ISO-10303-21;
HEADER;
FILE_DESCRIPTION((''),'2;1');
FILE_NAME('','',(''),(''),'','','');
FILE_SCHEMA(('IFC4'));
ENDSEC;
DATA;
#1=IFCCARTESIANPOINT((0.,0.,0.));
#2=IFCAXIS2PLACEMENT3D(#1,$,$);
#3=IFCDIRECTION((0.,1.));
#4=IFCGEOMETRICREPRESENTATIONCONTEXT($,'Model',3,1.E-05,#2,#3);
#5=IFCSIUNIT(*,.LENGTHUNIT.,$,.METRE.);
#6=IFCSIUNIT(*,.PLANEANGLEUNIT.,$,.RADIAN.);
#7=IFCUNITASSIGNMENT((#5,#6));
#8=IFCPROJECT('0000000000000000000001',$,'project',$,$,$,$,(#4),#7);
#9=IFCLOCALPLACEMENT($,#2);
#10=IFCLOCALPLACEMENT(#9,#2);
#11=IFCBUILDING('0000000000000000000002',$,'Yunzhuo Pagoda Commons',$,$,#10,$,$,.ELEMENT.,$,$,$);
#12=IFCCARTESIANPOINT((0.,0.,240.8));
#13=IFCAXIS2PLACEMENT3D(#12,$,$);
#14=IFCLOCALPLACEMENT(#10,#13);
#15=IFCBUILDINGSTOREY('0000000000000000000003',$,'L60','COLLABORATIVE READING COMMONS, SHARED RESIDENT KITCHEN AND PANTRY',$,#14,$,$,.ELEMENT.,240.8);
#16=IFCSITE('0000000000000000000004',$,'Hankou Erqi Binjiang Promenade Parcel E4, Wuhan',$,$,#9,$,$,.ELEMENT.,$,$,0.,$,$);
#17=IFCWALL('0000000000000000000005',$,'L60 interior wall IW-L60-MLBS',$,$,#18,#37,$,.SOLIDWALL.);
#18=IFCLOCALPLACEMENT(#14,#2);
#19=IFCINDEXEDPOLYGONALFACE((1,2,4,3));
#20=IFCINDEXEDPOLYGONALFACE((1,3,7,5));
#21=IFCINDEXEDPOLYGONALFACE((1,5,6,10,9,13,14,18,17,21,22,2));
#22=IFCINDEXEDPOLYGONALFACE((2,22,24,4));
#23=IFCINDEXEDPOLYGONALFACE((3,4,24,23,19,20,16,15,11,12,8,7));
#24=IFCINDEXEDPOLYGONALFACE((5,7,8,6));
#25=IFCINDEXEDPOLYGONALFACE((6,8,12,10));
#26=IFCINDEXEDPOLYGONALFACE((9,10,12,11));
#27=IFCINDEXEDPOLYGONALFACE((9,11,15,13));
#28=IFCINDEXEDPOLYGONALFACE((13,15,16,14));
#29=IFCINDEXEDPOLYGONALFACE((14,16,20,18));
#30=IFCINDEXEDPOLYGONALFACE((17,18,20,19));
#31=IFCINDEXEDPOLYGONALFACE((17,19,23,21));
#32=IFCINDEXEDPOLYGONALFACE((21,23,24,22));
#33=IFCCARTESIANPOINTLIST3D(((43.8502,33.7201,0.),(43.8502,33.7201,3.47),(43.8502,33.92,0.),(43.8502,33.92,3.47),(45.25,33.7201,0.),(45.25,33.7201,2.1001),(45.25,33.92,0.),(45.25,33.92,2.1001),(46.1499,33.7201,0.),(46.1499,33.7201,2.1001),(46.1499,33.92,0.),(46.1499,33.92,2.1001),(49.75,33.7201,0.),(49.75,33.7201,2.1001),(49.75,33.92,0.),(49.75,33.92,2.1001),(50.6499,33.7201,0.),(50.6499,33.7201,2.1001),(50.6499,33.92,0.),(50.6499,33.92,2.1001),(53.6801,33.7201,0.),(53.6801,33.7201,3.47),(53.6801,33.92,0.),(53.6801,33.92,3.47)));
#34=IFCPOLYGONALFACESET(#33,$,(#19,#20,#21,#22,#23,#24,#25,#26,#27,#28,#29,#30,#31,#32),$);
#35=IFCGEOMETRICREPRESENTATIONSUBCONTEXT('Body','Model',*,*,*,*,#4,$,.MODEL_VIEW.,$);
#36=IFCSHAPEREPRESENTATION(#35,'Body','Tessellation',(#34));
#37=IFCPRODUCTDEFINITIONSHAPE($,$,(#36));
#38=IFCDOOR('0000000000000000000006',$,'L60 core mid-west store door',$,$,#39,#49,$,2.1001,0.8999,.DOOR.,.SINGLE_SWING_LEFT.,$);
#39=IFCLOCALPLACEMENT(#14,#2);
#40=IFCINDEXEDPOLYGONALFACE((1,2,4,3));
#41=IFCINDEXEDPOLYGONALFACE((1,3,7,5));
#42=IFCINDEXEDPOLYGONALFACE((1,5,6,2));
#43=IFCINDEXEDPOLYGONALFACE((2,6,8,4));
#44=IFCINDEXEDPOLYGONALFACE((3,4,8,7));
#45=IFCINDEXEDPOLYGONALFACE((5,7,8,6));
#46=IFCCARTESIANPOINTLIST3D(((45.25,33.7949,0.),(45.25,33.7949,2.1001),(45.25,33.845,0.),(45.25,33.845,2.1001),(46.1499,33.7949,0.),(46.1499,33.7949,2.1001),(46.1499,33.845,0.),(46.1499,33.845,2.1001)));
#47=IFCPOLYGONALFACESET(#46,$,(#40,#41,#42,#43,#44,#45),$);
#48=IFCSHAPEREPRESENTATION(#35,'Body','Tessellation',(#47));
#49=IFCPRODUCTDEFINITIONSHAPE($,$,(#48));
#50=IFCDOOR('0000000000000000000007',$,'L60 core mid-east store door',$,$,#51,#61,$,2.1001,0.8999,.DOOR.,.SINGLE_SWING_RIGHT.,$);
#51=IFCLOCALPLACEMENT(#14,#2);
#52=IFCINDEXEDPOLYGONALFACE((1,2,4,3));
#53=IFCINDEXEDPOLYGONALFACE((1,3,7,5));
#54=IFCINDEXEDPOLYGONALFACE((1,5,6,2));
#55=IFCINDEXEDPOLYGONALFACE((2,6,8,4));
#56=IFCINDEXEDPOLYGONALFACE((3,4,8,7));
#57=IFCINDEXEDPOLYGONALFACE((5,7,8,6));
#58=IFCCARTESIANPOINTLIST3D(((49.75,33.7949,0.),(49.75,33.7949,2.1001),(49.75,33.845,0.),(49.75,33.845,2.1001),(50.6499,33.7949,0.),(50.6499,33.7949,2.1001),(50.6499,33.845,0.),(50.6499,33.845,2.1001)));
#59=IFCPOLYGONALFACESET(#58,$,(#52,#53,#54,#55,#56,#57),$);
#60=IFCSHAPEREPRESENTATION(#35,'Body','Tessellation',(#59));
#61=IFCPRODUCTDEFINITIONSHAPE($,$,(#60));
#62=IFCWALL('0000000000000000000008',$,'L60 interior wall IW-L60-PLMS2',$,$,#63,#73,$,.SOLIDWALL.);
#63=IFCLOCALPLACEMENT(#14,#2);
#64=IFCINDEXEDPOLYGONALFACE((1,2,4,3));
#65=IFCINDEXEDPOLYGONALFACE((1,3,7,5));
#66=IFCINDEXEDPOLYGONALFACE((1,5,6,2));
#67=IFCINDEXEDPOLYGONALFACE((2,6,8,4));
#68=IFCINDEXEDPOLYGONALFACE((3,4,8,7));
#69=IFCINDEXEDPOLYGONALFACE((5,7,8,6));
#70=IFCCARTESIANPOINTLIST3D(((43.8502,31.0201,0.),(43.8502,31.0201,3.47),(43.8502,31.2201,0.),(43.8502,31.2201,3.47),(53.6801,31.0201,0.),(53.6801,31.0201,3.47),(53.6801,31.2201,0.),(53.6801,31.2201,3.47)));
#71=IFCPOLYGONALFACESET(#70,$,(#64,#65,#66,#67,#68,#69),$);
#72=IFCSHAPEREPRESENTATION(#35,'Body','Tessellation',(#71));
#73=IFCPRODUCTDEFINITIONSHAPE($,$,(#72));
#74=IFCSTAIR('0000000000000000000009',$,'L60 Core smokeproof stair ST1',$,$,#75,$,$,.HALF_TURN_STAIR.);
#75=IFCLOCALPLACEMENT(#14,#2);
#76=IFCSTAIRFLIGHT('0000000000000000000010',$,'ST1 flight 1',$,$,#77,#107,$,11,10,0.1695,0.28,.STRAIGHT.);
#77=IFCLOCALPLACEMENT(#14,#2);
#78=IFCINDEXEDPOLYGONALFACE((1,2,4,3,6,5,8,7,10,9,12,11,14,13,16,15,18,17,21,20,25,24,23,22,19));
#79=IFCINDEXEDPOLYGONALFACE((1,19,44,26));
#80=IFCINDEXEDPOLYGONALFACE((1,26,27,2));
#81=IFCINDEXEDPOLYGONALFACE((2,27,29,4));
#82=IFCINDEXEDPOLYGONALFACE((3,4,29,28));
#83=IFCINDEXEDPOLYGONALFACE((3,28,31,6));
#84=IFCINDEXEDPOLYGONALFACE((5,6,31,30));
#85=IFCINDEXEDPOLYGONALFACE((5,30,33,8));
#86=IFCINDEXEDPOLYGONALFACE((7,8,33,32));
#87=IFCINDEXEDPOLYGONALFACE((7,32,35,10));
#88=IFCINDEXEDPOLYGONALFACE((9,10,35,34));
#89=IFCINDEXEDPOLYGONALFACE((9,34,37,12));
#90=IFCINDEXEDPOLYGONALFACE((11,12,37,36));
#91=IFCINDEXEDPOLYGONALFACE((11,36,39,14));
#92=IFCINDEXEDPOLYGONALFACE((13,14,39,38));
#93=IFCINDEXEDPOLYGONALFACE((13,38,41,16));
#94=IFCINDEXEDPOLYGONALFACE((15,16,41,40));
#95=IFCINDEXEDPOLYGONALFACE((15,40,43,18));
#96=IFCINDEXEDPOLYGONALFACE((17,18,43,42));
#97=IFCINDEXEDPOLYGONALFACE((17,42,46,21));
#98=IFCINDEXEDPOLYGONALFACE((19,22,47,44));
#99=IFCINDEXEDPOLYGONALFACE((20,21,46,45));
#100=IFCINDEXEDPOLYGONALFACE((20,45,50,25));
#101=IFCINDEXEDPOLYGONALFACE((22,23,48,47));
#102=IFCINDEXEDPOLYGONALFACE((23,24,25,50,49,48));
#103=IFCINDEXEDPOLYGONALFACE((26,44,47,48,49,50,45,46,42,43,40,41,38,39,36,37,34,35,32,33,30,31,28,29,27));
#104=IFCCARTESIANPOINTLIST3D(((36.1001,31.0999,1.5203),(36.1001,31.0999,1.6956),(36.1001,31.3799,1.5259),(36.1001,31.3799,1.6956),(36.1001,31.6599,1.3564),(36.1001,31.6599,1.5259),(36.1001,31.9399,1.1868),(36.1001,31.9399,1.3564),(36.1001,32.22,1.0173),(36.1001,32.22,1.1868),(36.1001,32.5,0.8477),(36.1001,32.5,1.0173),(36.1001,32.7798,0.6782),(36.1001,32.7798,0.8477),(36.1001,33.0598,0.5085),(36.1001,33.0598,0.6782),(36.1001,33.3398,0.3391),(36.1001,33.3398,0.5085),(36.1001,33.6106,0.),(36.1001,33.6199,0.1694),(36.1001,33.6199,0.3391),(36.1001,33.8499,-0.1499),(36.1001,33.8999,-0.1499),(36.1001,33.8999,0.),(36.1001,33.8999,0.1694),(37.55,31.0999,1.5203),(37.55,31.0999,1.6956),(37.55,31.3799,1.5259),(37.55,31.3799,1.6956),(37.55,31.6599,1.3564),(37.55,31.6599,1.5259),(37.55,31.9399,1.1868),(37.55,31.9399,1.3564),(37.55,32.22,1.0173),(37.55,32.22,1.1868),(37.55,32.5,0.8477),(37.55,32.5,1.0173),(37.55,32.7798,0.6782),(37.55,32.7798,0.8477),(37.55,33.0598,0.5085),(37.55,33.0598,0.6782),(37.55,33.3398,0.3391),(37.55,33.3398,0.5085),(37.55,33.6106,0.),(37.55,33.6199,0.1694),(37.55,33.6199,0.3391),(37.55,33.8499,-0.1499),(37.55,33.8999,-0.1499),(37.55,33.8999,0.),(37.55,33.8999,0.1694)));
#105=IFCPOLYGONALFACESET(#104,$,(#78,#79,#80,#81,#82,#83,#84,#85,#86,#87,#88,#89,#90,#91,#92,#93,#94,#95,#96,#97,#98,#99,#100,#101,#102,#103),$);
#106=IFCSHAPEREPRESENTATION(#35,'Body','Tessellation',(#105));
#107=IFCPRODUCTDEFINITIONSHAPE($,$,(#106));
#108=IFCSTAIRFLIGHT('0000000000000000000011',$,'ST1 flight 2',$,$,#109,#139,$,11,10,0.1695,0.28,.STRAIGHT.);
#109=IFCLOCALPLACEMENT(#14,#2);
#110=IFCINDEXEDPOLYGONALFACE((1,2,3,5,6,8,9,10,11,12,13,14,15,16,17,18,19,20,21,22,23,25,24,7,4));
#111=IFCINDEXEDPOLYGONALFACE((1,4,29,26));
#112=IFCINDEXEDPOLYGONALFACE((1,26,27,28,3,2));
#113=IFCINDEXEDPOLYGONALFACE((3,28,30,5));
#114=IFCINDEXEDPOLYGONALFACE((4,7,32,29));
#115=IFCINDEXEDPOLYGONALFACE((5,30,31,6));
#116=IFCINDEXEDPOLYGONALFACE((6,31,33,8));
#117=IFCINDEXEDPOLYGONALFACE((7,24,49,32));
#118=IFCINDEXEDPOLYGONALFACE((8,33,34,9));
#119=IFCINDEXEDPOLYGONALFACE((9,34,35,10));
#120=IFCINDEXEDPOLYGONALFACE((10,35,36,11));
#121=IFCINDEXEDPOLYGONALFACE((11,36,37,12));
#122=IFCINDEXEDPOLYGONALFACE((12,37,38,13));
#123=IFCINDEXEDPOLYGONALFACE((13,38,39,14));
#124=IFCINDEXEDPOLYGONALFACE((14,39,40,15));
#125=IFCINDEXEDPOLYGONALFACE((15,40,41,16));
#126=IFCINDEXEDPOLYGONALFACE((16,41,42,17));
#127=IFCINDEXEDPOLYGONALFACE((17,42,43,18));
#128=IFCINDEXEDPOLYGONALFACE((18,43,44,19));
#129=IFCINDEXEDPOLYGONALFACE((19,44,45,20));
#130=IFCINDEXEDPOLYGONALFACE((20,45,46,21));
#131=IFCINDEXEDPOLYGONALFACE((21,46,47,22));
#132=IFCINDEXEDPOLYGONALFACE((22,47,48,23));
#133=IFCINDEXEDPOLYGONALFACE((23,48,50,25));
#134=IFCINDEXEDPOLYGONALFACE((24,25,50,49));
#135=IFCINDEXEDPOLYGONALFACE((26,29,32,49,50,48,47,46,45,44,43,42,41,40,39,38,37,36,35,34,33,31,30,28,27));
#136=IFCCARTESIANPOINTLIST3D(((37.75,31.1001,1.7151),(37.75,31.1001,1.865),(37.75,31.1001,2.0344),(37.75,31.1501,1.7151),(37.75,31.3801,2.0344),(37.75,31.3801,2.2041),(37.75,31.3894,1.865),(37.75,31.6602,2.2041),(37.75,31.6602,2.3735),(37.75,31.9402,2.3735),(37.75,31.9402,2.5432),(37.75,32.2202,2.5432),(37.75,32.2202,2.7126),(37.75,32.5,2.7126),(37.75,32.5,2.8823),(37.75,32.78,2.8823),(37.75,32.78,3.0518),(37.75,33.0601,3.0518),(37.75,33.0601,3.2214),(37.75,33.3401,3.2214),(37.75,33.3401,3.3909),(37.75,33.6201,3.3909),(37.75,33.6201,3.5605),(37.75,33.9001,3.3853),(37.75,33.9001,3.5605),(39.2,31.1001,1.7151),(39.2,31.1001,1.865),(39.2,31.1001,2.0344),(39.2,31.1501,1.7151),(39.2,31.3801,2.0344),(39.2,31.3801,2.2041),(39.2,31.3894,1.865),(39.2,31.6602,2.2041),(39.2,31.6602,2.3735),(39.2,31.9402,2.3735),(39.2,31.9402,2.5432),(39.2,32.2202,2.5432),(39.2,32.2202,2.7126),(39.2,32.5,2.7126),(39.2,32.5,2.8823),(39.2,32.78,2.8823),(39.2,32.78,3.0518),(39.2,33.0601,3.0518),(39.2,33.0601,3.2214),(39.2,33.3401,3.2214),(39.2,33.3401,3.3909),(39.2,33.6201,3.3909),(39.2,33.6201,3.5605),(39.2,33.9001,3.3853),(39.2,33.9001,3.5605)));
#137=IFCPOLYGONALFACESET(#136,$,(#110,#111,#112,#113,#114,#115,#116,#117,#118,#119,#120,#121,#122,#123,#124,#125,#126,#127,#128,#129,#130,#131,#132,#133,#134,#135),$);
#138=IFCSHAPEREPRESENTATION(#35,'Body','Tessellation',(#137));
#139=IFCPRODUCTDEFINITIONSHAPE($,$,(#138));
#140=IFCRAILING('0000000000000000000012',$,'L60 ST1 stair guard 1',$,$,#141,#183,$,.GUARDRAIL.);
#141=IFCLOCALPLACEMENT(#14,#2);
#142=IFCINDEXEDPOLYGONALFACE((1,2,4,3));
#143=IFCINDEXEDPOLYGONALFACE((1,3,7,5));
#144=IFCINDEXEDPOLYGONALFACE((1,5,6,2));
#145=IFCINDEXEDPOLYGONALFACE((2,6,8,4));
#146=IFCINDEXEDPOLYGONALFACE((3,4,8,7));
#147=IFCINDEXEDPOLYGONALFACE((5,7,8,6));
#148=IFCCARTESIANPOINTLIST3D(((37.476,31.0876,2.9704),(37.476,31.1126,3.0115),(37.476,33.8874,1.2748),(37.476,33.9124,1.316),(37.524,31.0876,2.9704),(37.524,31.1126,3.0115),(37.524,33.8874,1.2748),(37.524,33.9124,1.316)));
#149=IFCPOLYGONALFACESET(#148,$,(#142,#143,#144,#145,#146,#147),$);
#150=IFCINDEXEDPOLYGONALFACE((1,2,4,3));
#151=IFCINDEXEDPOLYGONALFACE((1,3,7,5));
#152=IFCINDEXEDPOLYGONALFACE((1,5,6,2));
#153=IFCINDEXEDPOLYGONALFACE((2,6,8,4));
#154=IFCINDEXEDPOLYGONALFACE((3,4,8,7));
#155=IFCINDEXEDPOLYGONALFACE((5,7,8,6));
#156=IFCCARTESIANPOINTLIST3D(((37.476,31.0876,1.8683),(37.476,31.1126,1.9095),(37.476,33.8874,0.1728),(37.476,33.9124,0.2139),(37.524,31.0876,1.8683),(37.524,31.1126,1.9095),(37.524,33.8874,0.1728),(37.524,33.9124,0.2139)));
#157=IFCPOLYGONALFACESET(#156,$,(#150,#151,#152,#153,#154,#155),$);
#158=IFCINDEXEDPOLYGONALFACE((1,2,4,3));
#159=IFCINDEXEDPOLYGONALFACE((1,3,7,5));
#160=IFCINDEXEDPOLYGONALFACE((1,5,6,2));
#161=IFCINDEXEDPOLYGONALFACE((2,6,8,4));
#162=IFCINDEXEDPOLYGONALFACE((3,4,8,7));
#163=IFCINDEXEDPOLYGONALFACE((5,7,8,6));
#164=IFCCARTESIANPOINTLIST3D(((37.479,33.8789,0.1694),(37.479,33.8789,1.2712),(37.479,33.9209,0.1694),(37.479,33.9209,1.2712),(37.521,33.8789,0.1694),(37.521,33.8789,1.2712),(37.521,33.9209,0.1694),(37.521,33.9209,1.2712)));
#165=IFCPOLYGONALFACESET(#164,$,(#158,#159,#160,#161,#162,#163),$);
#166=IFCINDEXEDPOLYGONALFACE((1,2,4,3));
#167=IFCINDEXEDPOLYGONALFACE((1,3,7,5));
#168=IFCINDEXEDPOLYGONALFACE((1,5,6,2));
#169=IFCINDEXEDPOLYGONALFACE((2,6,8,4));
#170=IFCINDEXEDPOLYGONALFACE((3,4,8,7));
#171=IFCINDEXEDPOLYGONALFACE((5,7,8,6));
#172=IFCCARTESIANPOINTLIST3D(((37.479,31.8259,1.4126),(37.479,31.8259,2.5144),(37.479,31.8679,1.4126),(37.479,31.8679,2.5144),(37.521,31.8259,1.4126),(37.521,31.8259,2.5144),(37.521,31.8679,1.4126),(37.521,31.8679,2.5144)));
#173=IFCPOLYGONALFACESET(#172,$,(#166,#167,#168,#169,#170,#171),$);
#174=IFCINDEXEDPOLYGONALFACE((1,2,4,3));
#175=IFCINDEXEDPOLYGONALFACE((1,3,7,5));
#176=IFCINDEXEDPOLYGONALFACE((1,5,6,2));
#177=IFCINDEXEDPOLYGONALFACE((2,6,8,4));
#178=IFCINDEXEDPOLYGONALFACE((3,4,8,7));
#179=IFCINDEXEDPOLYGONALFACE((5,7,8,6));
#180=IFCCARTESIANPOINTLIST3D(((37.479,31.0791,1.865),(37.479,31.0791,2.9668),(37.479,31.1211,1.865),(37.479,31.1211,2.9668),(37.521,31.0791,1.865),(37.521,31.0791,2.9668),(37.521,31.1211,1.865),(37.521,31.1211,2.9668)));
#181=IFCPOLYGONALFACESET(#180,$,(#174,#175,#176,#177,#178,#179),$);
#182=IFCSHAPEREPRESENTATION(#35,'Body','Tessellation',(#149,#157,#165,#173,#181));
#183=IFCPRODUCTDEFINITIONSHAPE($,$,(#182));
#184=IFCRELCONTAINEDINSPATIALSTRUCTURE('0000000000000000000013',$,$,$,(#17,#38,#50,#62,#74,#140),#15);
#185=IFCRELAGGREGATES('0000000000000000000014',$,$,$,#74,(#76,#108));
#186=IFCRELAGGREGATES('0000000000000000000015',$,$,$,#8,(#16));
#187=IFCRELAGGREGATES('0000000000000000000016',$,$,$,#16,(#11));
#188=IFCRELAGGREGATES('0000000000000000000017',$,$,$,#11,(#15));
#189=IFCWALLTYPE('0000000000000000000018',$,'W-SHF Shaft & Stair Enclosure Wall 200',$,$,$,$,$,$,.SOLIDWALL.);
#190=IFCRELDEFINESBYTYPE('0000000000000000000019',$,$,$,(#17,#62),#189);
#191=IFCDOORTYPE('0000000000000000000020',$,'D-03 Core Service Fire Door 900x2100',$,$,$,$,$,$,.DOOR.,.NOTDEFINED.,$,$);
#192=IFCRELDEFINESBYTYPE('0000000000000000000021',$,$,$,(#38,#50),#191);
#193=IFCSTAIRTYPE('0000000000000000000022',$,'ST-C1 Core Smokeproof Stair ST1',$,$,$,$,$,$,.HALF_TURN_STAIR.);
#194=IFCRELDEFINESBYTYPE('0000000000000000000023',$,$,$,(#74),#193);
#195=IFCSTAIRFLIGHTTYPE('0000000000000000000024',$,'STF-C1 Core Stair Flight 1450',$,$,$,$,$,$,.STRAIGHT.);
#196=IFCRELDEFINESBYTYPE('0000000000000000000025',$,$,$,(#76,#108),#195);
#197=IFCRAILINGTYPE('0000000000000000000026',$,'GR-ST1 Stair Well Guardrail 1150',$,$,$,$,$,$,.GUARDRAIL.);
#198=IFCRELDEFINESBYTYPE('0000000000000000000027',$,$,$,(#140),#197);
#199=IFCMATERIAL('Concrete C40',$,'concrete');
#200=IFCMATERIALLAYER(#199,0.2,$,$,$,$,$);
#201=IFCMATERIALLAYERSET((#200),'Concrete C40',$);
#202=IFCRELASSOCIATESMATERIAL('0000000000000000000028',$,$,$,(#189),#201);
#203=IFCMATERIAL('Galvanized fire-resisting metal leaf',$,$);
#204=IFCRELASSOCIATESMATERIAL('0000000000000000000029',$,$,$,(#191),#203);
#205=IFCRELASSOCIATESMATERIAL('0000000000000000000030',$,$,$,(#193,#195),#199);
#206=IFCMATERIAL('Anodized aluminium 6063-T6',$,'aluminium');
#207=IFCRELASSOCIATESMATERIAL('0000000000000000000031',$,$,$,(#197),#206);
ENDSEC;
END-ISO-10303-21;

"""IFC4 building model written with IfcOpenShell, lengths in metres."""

from ifc_helpers import new_model, si_unit, direction, frame, frame_2d, origin, origin_with_axes, origin_2d, place, context, subcontext, project, spatial, polyline, rectangle, outline, extrude, source, transform, mapped, material, layer, layer_set, type_object, element, fill, aggregate, save


model = new_model("IFC4")

# Units and contexts
model_context = context("Model", 3, precision=1e-05, world=origin(), true_north=direction((0.0, 1.0)))
body_context = subcontext(model_context, "Body", "Model", "MODEL_VIEW")
ifc_project = project(units=[si_unit("LENGTHUNIT", "METRE"), si_unit("PLANEANGLEUNIT", "RADIAN")], contexts=[model_context])

# Site, building, storey
site_placement = place(None, origin())
site = spatial("IfcSite", under=ifc_project, at=site_placement, Name="Hankou Erqi Binjiang Promenade Parcel E4, Wuhan", CompositionType="ELEMENT", RefElevation=0.0)
building_placement = place(site_placement, origin())
building = spatial("IfcBuilding", under=site, at=building_placement, Name="Yunzhuo Pagoda Commons", CompositionType="ELEMENT")
storey_placement = place(building_placement, frame((0.0, 0.0, 240.8)))
storey = spatial("IfcBuildingStorey", under=building, at=storey_placement, Name="L60", Description="COLLABORATIVE READING COMMONS, SHARED RESIDENT KITCHEN AND PANTRY", CompositionType="ELEMENT", Elevation=240.8)

# Shared definitions
ifc_material_1 = material(Name="Galvanized fire-resisting metal leaf")
ifc_material_2 = material(Name="Concrete C40", Category="concrete")
ifc_layer_1 = layer(ifc_material_2, 0.2)
ifc_layer_set_1 = layer_set([ifc_layer_1], Name="Concrete C40")
wall_type_1 = type_object("IfcWallType", Name="W-SHF Shaft & Stair Enclosure Wall 200", PredefinedType="SOLIDWALL", material=ifc_layer_set_1)

# Shared definitions
door_type_1 = type_object("IfcDoorType", Name="D-03 Core Service Fire Door 900x2100", OperationType="NOTDEFINED", PredefinedType="DOOR", material=ifc_material_1)
shared_shape_1 = source(origin(), body_context, "Body", "SweptSolid", [
    extrude(rectangle(XDim=0.8999, YDim=2.1001, at=frame_2d((0.45, 1.05))), frame((0.0, 0.0249, 0.0), z_axis=(0.0, -1.0, 0.0), x_axis=(1.0, 0.0, 0.0)), (0.0, 0.0, 1.0), 0.05),
])

# Wall, openings, doors
wall_1_placement = place(storey_placement, frame((43.8501, 33.8201, 0.0), z_axis=(0.0, 0.0, 1.0), x_axis=(1.0, 0.0, 0.0)))
wall_1 = element("IfcWall", 1, at=wall_1_placement, inside=storey, type_object=wall_type_1, Name="L60 interior wall IW-L60-MLBS", PredefinedType="SOLIDWALL", context=body_context, shape_type="SweptSolid", body=[
    extrude(rectangle(XDim=9.8298, YDim=0.2, at=frame_2d((4.915, 0.0))), origin(), (0.0, 0.0, 1.0), 3.47),
])
opening_1_placement = place(wall_1_placement, frame((1.3999, 0.0, 0.0)))
opening_1 = element("IfcOpeningElement", 2, at=opening_1_placement, cuts=wall_1, PredefinedType="OPENING", context=body_context, shape_type="SweptSolid", body=[
    extrude(rectangle(XDim=0.8999, YDim=2.1001, at=frame_2d((0.45, 1.05))), frame((0.0, 0.1099, 0.0), z_axis=(0.0, -1.0, 0.0), x_axis=(1.0, 0.0, 0.0)), (0.0, 0.0, 1.0), 0.22),
])
opening_2_placement = place(wall_1_placement, frame((5.8999, 0.0, 0.0)))
opening_2 = element("IfcOpeningElement", 3, at=opening_2_placement, cuts=wall_1, PredefinedType="OPENING", context=body_context, shape_type="SweptSolid", body=[
    extrude(rectangle(XDim=0.8999, YDim=2.1001, at=frame_2d((0.45, 1.05))), frame((0.0, 0.1099, 0.0), z_axis=(0.0, -1.0, 0.0), x_axis=(1.0, 0.0, 0.0)), (0.0, 0.0, 1.0), 0.22),
])
door_1_placement = place(opening_1_placement, origin_with_axes())
door_1 = element("IfcDoor", 4, at=door_1_placement, inside=storey, type_object=door_type_1, Name="L60 core mid-west store door", OperationType="SINGLE_SWING_LEFT", OverallHeight=2.1001, OverallWidth=0.8999, PredefinedType="DOOR", context=body_context, shape_type="MappedRepresentation", body=[
    mapped(shared_shape_1, transform((0.0, 0.0, 0.0), scale=1.0)),
])
fill(opening_1, door_1)
door_2_placement = place(opening_2_placement, origin_with_axes())
door_2 = element("IfcDoor", 5, at=door_2_placement, inside=storey, type_object=door_type_1, Name="L60 core mid-east store door", OperationType="SINGLE_SWING_RIGHT", OverallHeight=2.1001, OverallWidth=0.8999, PredefinedType="DOOR", context=body_context, shape_type="MappedRepresentation", body=[
    mapped(shared_shape_1, transform((0.0, 0.0, 0.0), scale=1.0)),
])
fill(opening_2, door_2)

# Wall
wall_2_placement = place(storey_placement, frame((43.8501, 31.1201, 0.0), z_axis=(0.0, 0.0, 1.0), x_axis=(1.0, 0.0, 0.0)))
element("IfcWall", 6, at=wall_2_placement, inside=storey, type_object=wall_type_1, Name="L60 interior wall IW-L60-PLMS2", PredefinedType="SOLIDWALL", context=body_context, shape_type="SweptSolid", body=[
    extrude(rectangle(XDim=9.8298, YDim=0.2, at=frame_2d((4.915, 0.0))), origin(), (0.0, 0.0, 1.0), 3.47),
])

# Stair, stair flights
stair_type = type_object("IfcStairType", Name="ST-C1 Core Smokeproof Stair ST1", PredefinedType="HALF_TURN_STAIR", material=ifc_material_2)
stair_placement = place(storey_placement, origin())
stair = element("IfcStair", 7, at=stair_placement, inside=storey, type_object=stair_type, Name="L60 Core smokeproof stair ST1", PredefinedType="HALF_TURN_STAIR")
stair_flight_type = type_object("IfcStairFlightType", Name="STF-C1 Core Stair Flight 1450", PredefinedType="STRAIGHT", material=ifc_material_2)
shared_shape_2 = source(origin(), body_context, "Body", "SweptSolid", [
    extrude(outline(polyline([(0.0, -0.1499), (0.0, 0.0), (0.0, 0.1694), (0.28, 0.1694), (0.28, 0.3391), (0.5601, 0.3391), (0.5601, 0.5085), (0.8401, 0.5085), (0.8401, 0.6782), (1.1201, 0.6782), (1.1201, 0.8477), (1.3999, 0.8477), (1.3999, 1.0173), (1.6799, 1.0173), (1.6799, 1.1868), (1.96, 1.1868), (1.96, 1.3564), (2.24, 1.3564), (2.24, 1.5259), (2.52, 1.5259), (2.52, 1.6956), (2.8, 1.6956), (2.8, 1.865), (2.8, 1.5203), (0.2893, 0.0), (0.05, -0.1499), (0.0, -0.1499)])), frame((0.0, 0.7251, 0.0), z_axis=(0.0, -1.0, 0.0), x_axis=(1.0, 0.0, 0.0)), (0.0, 0.0, 1.0), 1.45),
])
stair_flight_1_placement = place(storey_placement, frame((36.825, 33.8999, 0.0), z_axis=(0.0, 0.0, 1.0), x_axis=(0.0, -1.0, 0.0)))
stair_flight_1 = element("IfcStairFlight", 8, at=stair_flight_1_placement, type_object=stair_flight_type, Name="ST1 flight 1", NumberOfRisers=11, NumberOfTreads=10, PredefinedType="STRAIGHT", RiserHeight=0.1695, TreadLength=0.28, context=body_context, shape_type="MappedRepresentation", body=[
    mapped(shared_shape_2, transform((0.0, 0.0, 0.0), scale=1.0)),
])
stair_flight_2_placement = place(storey_placement, frame((38.4751, 31.1001, 1.865), z_axis=(0.0, 0.0, 1.0), x_axis=(0.0, 1.0, 0.0)))
stair_flight_2 = element("IfcStairFlight", 9, at=stair_flight_2_placement, type_object=stair_flight_type, Name="ST1 flight 2", NumberOfRisers=11, NumberOfTreads=10, PredefinedType="STRAIGHT", RiserHeight=0.1695, TreadLength=0.28, context=body_context, shape_type="MappedRepresentation", body=[
    mapped(shared_shape_2, transform((0.0, 0.0, 0.0), scale=1.0)),
])
aggregate(stair, [stair_flight_1, stair_flight_2])

# Railing
ifc_material_3 = material(Name="Anodized aluminium 6063-T6", Category="aluminium")
railing_type_1 = type_object("IfcRailingType", Name="GR-ST1 Stair Well Guardrail 1150", PredefinedType="GUARDRAIL", material=ifc_material_3)
railing_1_placement = place(storey_placement, frame((37.5, 33.8999, 0.1694)))
element("IfcRailing", 10, at=railing_1_placement, inside=storey, type_object=railing_type_1, Name="L60 ST1 stair guard 1", PredefinedType="GUARDRAIL", context=body_context, shape_type="SweptSolid", body=[
    extrude(rectangle(XDim=0.0481, YDim=0.0481, at=origin_2d()), frame((0.0, 0.0, 1.126), z_axis=(0.0, -0.855373, 0.518012), x_axis=(1.0, 0.0, 0.0)), (0.0, 0.0, 1.0), 3.2732),
    extrude(rectangle(XDim=0.0481, YDim=0.0481, at=origin_2d()), frame((0.0, 0.0, 0.0239), z_axis=(0.0, -0.855373, 0.518012), x_axis=(1.0, 0.0, 0.0)), (0.0, 0.0, 1.0), 3.2732),
    extrude(rectangle(XDim=0.042, YDim=0.042, at=origin_2d()), origin(), (0.0, 0.0, 1.0), 1.1018),
    extrude(rectangle(XDim=0.042, YDim=0.042, at=origin_2d()), frame((0.0, -2.053, 1.2432)), (0.0, 0.0, 1.0), 1.1018),
    extrude(rectangle(XDim=0.042, YDim=0.042, at=origin_2d()), frame((0.0, -2.7998, 1.6956)), (0.0, 0.0, 1.0), 1.1018),
])

save(model, "model.ifc")
